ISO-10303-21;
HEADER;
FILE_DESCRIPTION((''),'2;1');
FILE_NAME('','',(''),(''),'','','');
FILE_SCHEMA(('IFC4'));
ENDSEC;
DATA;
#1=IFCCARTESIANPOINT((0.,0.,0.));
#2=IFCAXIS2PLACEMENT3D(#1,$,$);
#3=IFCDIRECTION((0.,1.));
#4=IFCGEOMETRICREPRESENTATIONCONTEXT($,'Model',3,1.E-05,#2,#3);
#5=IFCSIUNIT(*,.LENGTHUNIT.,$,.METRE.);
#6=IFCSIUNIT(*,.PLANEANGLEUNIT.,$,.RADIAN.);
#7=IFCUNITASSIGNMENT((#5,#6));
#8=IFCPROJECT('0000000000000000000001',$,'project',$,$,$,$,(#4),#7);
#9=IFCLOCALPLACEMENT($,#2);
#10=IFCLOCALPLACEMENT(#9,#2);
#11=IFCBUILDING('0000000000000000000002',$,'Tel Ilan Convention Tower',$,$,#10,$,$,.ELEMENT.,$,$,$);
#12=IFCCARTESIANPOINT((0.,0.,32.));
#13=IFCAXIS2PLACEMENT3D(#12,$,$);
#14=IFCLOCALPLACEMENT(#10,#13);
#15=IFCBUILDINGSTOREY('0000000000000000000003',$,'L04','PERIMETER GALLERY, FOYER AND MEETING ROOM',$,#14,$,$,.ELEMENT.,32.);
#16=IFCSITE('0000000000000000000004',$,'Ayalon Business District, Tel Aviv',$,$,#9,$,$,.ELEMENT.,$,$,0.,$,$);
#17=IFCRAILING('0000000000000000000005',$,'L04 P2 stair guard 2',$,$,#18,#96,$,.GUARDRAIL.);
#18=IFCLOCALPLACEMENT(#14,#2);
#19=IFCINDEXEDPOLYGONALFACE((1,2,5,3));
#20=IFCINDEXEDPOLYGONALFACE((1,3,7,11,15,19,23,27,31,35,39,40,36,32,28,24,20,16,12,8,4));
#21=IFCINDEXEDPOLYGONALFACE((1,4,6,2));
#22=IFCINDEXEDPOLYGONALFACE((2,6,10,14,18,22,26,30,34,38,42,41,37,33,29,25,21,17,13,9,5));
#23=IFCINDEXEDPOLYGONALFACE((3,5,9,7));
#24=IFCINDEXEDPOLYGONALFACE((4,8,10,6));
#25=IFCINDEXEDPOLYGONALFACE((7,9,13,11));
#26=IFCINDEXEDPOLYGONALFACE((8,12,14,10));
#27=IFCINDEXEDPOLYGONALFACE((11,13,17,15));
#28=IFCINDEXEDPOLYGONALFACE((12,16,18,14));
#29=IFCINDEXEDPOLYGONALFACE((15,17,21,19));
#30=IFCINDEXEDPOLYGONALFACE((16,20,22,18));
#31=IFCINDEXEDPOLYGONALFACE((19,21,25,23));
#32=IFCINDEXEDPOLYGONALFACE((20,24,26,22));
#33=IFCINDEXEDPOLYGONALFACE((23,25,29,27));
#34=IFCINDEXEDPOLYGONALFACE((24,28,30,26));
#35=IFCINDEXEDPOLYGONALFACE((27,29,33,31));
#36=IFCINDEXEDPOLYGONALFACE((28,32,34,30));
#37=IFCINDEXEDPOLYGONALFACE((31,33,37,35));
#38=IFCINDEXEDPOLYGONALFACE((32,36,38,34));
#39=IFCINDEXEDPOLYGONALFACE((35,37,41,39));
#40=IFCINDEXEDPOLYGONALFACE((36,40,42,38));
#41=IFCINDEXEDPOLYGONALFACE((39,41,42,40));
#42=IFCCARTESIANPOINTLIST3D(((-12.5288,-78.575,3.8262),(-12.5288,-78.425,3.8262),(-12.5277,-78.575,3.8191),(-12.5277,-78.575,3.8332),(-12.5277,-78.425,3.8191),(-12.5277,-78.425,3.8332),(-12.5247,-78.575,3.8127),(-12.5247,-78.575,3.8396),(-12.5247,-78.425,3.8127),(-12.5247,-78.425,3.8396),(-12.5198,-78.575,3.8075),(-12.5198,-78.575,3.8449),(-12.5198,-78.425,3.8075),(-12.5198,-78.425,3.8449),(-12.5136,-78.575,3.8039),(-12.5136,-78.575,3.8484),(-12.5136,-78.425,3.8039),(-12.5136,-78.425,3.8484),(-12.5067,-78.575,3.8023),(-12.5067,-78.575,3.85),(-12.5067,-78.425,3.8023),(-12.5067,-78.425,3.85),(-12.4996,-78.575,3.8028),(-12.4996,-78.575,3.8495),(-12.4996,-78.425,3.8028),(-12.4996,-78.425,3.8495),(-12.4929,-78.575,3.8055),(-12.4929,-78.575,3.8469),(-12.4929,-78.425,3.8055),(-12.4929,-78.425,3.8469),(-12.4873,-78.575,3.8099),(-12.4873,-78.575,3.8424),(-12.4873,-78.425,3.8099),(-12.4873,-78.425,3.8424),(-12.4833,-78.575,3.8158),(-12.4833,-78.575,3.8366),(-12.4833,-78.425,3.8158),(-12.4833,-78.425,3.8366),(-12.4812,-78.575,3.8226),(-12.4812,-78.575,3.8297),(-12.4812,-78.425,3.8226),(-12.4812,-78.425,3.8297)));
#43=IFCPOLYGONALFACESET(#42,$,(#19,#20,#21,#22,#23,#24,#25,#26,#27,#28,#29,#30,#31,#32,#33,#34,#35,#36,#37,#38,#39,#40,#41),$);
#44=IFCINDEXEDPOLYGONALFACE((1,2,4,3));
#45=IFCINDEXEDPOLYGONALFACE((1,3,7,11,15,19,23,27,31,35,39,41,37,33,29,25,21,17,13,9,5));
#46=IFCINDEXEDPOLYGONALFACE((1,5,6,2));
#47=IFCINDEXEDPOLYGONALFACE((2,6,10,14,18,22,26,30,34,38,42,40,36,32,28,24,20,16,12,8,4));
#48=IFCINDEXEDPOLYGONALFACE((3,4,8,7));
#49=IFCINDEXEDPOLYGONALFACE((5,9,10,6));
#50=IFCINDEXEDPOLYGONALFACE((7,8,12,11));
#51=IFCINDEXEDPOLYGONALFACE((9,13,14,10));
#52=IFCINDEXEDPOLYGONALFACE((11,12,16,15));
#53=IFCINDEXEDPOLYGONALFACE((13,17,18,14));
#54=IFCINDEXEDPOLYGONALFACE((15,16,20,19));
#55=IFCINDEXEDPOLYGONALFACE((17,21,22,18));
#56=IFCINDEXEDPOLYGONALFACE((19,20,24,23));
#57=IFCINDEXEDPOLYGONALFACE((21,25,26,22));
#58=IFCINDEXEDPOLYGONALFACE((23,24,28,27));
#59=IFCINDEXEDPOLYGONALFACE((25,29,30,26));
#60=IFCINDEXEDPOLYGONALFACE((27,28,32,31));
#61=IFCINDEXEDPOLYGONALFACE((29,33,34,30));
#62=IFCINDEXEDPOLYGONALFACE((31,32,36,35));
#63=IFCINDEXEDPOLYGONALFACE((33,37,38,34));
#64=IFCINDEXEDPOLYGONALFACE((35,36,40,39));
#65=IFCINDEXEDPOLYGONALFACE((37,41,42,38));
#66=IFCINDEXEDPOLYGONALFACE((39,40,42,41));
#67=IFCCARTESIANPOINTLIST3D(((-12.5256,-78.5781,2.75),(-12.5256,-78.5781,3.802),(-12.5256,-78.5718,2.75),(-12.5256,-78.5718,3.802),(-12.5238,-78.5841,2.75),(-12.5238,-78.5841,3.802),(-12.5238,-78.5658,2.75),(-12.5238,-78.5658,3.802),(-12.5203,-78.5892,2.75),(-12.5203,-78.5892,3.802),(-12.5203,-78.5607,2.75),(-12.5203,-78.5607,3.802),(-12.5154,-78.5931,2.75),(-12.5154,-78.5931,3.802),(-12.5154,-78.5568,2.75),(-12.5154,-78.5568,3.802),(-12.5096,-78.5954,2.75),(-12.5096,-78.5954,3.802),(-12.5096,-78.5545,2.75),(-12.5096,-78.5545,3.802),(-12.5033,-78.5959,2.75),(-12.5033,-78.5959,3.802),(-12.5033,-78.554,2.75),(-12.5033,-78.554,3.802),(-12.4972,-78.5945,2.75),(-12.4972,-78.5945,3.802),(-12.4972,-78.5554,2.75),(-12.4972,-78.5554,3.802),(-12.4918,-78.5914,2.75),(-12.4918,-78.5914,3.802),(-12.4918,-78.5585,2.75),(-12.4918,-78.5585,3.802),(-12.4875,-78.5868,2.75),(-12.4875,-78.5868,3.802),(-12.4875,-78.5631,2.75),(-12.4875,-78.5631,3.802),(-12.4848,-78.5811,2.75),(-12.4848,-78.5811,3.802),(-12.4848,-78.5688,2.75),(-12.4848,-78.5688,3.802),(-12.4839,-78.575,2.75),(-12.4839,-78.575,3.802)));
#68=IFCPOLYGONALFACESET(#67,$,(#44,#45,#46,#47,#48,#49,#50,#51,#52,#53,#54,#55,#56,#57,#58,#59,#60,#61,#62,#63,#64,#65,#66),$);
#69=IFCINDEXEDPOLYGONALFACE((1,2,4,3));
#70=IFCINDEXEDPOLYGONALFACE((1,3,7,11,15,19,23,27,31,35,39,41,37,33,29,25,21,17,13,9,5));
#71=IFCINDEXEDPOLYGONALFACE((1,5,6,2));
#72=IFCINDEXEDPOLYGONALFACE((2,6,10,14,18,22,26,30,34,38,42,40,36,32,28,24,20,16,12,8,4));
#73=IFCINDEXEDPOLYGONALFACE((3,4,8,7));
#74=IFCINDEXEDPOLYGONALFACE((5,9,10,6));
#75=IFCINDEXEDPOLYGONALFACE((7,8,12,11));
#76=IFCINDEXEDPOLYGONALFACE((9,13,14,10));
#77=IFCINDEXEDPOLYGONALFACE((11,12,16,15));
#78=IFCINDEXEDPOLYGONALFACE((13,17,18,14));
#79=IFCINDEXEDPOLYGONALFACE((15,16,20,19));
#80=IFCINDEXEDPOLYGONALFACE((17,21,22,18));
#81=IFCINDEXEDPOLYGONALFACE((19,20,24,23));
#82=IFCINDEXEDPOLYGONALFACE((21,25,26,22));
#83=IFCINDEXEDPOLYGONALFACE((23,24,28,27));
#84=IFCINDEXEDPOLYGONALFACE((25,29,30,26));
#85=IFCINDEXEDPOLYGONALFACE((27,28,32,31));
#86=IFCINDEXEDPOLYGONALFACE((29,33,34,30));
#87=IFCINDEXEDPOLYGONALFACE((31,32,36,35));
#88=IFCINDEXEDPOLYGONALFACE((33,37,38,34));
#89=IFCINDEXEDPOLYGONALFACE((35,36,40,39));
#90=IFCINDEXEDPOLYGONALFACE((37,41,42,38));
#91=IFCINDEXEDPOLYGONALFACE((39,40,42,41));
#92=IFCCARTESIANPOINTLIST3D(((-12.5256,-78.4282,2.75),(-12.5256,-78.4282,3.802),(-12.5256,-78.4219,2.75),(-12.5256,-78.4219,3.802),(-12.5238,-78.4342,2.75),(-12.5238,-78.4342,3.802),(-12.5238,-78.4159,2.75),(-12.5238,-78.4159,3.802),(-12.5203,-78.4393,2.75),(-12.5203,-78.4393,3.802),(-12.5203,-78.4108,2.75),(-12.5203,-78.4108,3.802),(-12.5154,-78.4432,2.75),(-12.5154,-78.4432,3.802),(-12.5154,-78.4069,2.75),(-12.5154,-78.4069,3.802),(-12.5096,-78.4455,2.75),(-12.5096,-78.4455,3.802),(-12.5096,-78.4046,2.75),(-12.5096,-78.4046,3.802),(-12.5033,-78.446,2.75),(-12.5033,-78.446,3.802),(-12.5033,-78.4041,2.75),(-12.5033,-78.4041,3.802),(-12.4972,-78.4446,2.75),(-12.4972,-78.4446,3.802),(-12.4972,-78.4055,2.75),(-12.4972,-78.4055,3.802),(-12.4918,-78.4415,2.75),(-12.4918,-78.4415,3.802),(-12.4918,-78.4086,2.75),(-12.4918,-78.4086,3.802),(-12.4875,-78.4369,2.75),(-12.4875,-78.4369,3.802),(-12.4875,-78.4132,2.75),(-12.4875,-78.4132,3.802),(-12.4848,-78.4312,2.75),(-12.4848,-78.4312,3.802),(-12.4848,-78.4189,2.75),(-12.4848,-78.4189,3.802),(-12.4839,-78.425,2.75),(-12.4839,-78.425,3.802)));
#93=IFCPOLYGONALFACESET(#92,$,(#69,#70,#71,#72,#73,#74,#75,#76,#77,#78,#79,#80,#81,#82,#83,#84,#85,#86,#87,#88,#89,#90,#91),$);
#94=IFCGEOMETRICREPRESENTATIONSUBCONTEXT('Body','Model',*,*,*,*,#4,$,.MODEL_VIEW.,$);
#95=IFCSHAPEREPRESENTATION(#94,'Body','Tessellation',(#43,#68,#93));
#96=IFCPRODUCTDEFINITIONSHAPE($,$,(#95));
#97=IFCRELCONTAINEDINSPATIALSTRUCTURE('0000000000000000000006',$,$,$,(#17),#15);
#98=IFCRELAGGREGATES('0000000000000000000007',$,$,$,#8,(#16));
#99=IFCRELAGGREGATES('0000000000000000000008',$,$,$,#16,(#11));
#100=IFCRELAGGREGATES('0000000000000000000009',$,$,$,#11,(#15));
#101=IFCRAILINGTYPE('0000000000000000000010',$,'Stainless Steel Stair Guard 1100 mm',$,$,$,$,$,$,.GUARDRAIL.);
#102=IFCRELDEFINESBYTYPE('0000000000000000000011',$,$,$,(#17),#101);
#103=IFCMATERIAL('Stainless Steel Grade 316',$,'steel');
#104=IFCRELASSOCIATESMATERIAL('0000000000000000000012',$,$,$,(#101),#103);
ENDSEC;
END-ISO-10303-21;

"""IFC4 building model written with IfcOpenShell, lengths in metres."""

from ifc_helpers import new_model, si_unit, direction, frame, origin, origin_2d, place, context, subcontext, project, spatial, circle, extrude, material, type_object, element, save


model = new_model("IFC4")

# Units and contexts
model_context = context("Model", 3, precision=1e-05, world=origin(), true_north=direction((0.0, 1.0)))
body_context = subcontext(model_context, "Body", "Model", "MODEL_VIEW")
ifc_project = project(units=[si_unit("LENGTHUNIT", "METRE"), si_unit("PLANEANGLEUNIT", "RADIAN")], contexts=[model_context])

# Site, building, storey
site_placement = place(None, origin())
site = spatial("IfcSite", under=ifc_project, at=site_placement, Name="Ayalon Business District, Tel Aviv", CompositionType="ELEMENT", RefElevation=0.0)
building_placement = place(site_placement, origin())
building = spatial("IfcBuilding", under=site, at=building_placement, Name="Tel Ilan Convention Tower", CompositionType="ELEMENT")
storey_placement = place(building_placement, frame((0.0, 0.0, 32.0)))
storey = spatial("IfcBuildingStorey", under=building, at=storey_placement, Name="L04", Description="PERIMETER GALLERY, FOYER AND MEETING ROOM", CompositionType="ELEMENT", Elevation=32.0)

# Railing
ifc_material_1 = material(Name="Stainless Steel Grade 316", Category="steel")
railing_type_1 = type_object("IfcRailingType", Name="Stainless Steel Stair Guard 1100 mm", PredefinedType="GUARDRAIL", material=ifc_material_1)
railing_1_placement = place(storey_placement, frame((-12.5049, -78.575, 2.75)))
element("IfcRailing", 1, at=railing_1_placement, inside=storey, type_object=railing_type_1, Name="L04 P2 stair guard 2", PredefinedType="GUARDRAIL", context=body_context, shape_type="SweptSolid", body=[
    extrude(circle(Radius=0.0239, at=origin_2d()), frame((0.0, 0.0, 1.0762), z_axis=(0.0, 1.0, 0.0), x_axis=(-1.0, 0.0, 0.0)), (0.0, 0.0, 1.0), 0.1499),
    extrude(circle(Radius=0.021, at=origin_2d()), origin(), (0.0, 0.0, 1.0), 1.052),
    extrude(circle(Radius=0.021, at=origin_2d()), frame((0.0, 0.1499, 0.0)), (0.0, 0.0, 1.0), 1.052),
])

save(model, "model.ifc")
